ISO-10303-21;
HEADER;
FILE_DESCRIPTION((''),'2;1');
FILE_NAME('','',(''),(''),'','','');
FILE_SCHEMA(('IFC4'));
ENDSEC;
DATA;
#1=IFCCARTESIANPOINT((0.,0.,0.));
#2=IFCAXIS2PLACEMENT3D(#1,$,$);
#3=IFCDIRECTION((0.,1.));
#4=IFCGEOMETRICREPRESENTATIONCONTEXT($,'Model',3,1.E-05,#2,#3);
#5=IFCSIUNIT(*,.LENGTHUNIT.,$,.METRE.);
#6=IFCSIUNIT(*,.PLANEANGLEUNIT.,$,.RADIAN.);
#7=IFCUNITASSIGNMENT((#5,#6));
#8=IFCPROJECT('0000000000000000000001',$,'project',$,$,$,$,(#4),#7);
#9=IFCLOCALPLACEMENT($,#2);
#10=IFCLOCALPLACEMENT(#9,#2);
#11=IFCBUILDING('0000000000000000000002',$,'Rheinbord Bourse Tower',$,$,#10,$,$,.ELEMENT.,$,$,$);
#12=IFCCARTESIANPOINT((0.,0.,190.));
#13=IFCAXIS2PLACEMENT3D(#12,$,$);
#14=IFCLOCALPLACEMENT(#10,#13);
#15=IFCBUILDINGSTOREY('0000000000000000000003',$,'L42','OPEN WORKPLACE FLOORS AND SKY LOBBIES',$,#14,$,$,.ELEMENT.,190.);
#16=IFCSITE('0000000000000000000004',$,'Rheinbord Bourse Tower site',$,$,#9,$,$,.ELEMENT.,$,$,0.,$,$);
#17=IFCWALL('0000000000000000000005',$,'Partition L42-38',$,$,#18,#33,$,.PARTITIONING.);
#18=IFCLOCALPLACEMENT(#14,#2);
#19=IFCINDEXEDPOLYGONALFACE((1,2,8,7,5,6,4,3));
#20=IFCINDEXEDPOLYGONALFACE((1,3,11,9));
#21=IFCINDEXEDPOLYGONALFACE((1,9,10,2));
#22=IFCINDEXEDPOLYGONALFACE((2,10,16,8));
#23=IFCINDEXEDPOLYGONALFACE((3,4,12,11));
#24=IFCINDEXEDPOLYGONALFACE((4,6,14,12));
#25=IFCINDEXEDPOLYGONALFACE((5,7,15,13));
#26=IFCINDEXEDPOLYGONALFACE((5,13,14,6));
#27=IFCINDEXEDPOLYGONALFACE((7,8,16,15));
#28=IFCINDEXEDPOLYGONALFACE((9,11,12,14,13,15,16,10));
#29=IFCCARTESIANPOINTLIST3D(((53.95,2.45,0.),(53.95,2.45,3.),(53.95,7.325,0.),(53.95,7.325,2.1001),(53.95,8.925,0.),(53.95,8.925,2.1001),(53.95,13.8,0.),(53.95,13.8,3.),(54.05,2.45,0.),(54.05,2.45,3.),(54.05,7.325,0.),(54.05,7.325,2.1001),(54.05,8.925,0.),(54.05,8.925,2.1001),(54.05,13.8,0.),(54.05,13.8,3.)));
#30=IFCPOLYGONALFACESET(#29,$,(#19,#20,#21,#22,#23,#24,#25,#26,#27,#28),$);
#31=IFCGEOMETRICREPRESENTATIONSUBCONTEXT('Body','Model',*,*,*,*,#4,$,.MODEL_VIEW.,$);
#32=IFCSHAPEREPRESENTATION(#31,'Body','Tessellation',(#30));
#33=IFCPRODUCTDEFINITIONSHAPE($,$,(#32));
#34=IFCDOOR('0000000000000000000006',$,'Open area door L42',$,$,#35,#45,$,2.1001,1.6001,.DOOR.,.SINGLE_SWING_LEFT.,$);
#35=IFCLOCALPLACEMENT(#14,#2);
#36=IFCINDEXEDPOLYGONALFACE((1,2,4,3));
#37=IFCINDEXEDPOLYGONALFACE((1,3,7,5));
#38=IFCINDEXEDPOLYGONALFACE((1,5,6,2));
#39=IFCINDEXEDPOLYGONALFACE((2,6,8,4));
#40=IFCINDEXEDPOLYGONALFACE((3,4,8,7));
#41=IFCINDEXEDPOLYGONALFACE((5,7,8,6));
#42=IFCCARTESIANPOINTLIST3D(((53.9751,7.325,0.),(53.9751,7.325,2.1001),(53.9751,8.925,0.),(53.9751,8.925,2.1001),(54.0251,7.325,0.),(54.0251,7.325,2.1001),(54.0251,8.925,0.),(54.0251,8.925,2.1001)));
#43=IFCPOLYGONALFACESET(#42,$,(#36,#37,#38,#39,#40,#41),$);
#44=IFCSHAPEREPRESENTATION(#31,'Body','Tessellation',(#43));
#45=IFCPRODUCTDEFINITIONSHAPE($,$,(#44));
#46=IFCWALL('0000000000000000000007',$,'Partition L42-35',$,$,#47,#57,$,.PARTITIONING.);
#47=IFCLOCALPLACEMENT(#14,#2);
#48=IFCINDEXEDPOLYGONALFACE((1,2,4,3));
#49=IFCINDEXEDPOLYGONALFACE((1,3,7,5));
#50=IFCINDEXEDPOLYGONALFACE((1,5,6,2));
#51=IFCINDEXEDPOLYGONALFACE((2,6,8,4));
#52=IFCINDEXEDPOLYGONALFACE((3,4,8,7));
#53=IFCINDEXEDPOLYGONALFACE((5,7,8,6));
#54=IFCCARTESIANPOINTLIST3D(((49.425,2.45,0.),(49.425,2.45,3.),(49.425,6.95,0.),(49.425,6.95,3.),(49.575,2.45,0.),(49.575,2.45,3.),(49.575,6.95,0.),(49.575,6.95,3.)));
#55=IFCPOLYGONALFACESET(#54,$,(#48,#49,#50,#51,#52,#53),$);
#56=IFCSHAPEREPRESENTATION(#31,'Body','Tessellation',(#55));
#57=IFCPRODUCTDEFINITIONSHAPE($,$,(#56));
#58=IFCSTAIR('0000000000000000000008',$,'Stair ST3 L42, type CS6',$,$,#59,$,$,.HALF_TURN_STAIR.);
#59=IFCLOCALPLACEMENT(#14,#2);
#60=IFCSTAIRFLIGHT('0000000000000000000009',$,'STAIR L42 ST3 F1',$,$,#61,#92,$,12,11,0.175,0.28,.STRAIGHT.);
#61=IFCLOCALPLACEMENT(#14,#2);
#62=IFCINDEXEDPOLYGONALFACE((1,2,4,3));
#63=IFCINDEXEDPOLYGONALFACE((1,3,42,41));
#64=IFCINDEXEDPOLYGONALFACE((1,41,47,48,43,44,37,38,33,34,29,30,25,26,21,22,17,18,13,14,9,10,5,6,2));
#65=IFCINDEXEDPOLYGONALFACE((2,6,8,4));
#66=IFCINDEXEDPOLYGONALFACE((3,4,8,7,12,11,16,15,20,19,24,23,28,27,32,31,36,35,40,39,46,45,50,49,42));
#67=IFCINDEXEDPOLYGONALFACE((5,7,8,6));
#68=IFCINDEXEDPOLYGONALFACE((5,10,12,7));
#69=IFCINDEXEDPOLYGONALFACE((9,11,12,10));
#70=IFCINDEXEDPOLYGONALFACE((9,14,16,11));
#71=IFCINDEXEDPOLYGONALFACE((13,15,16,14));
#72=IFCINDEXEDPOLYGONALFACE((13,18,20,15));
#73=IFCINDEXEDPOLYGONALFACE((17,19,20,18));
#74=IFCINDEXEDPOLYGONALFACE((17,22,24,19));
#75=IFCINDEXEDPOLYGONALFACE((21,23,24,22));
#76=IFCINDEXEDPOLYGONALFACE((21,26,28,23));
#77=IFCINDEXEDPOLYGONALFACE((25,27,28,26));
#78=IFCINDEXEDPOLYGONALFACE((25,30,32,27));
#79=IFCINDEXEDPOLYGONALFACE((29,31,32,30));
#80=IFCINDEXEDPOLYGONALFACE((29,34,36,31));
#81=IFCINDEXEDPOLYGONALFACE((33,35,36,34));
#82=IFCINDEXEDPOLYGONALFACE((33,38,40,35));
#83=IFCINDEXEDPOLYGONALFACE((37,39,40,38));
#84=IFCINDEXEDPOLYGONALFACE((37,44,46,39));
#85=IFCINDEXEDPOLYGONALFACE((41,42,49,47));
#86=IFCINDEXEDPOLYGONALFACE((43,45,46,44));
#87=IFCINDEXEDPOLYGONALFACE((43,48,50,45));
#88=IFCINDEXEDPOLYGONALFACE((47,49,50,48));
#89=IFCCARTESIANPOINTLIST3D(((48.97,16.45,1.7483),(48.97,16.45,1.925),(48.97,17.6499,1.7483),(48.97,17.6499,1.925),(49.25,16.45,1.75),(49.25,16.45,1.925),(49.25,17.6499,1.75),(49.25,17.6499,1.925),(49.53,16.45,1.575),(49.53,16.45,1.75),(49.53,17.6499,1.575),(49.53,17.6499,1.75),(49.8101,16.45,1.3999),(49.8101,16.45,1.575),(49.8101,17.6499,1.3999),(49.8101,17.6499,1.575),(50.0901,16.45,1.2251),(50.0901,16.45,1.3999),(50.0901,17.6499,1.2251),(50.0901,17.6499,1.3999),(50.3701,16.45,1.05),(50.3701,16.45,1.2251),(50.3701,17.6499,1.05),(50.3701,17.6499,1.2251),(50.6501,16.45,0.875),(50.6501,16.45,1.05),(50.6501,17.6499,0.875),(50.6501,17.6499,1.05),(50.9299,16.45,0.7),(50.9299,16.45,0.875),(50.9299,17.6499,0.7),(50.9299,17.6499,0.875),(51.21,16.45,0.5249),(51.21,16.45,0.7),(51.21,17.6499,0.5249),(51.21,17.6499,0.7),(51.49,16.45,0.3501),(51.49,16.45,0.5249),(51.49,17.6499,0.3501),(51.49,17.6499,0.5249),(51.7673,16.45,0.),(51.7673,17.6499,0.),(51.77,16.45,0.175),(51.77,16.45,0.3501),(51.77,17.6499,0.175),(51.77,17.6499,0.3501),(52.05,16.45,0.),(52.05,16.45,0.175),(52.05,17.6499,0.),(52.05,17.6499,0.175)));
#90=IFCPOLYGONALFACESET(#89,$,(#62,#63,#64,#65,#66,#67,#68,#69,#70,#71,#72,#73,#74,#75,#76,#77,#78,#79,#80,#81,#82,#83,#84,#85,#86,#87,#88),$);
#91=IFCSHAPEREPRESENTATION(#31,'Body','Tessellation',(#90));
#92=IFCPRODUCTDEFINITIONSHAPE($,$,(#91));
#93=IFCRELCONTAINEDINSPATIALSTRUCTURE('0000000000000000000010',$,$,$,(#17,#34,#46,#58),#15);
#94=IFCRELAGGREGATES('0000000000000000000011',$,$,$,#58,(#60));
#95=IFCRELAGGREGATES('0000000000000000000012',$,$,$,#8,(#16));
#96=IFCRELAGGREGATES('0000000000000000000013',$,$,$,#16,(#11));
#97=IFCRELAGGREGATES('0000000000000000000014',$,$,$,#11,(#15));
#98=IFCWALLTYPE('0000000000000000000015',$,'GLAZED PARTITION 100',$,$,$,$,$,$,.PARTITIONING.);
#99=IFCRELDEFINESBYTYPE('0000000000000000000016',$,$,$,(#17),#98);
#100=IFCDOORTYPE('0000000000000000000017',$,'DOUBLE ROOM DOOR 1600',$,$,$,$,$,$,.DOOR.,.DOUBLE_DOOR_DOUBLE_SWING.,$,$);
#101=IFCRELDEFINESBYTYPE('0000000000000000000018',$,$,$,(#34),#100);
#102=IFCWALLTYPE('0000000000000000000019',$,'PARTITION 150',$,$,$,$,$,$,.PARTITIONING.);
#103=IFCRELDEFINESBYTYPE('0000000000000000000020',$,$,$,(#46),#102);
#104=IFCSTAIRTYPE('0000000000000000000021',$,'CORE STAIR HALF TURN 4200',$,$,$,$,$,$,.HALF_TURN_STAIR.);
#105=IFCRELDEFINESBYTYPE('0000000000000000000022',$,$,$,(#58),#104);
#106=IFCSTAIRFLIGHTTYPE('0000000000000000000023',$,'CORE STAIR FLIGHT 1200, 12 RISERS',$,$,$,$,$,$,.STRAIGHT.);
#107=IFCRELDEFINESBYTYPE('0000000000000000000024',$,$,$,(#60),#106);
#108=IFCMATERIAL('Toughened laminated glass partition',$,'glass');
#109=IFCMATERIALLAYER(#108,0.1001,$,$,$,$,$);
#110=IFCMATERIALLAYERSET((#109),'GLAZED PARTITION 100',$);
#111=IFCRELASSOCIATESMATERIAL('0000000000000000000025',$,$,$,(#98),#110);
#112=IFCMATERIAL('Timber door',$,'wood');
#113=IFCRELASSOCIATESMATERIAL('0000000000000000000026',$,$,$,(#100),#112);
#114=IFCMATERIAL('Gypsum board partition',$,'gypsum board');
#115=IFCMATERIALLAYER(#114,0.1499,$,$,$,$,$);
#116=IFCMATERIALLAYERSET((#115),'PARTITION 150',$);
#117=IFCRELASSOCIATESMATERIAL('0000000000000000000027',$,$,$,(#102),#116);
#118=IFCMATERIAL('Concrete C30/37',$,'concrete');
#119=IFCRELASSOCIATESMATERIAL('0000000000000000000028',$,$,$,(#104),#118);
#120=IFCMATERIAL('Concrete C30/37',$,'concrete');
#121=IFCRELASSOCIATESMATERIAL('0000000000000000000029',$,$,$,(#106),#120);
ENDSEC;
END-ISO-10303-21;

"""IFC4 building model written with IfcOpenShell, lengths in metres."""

from ifc_helpers import new_model, si_unit, direction, frame, frame_2d, origin, place, context, subcontext, project, spatial, polyline, rectangle, outline, extrude, material, layer, layer_set, type_object, element, fill, aggregate, save


model = new_model("IFC4")

# Units and contexts
model_context = context("Model", 3, precision=1e-05, world=origin(), true_north=direction((0.0, 1.0)))
body_context = subcontext(model_context, "Body", "Model", "MODEL_VIEW")
ifc_project = project(units=[si_unit("LENGTHUNIT", "METRE"), si_unit("PLANEANGLEUNIT", "RADIAN")], contexts=[model_context])

# Site, building, storey
site_placement = place(None, origin())
site = spatial("IfcSite", under=ifc_project, at=site_placement, Name="Rheinbord Bourse Tower site", CompositionType="ELEMENT", RefElevation=0.0)
building_placement = place(site_placement, origin())
building = spatial("IfcBuilding", under=site, at=building_placement, Name="Rheinbord Bourse Tower", CompositionType="ELEMENT")
storey_placement = place(building_placement, frame((0.0, 0.0, 190.0)))
storey = spatial("IfcBuildingStorey", under=building, at=storey_placement, Name="L42", Description="OPEN WORKPLACE FLOORS AND SKY LOBBIES", CompositionType="ELEMENT", Elevation=190.0)

# Wall, opening, door
ifc_material_1 = material(Name="Toughened laminated glass partition", Category="glass")
ifc_layer_1 = layer(ifc_material_1, 0.1001)
ifc_layer_set_1 = layer_set([ifc_layer_1], Name="GLAZED PARTITION 100")
wall_type_1 = type_object("IfcWallType", Name="GLAZED PARTITION 100", PredefinedType="PARTITIONING", material=ifc_layer_set_1)
wall_1_placement = place(storey_placement, frame((54.0, 2.45, 0.0), z_axis=(0.0, 0.0, 1.0), x_axis=(0.0, 1.0, 0.0)))
wall_1 = element("IfcWall", 1, at=wall_1_placement, inside=storey, type_object=wall_type_1, Name="Partition L42-38", PredefinedType="PARTITIONING", context=body_context, shape_type="SweptSolid", body=[
    extrude(rectangle(XDim=11.3501, YDim=0.1001, at=frame_2d((5.675, 0.0))), origin(), (0.0, 0.0, 1.0), 3.0),
])
opening_1_placement = place(wall_1_placement, frame((4.875, 0.0, 0.0)))
opening_1 = element("IfcOpeningElement", 2, at=opening_1_placement, cuts=wall_1, PredefinedType="OPENING", context=body_context, shape_type="SweptSolid", body=[
    extrude(rectangle(XDim=1.6001, YDim=2.1001, at=frame_2d((0.8, 1.05))), frame((0.0, 0.0601, 0.0), z_axis=(0.0, -1.0, 0.0), x_axis=(1.0, 0.0, 0.0)), (0.0, 0.0, 1.0), 0.1201),
])
ifc_material_2 = material(Name="Timber door", Category="wood")
door_type_1 = type_object("IfcDoorType", Name="DOUBLE ROOM DOOR 1600", OperationType="DOUBLE_DOOR_DOUBLE_SWING", PredefinedType="DOOR", material=ifc_material_2)
door_1_placement = place(opening_1_placement, origin())
door_1 = element("IfcDoor", 3, at=door_1_placement, inside=storey, type_object=door_type_1, Name="Open area door L42", OperationType="SINGLE_SWING_LEFT", OverallHeight=2.1001, OverallWidth=1.6001, PredefinedType="DOOR", context=body_context, shape_type="SweptSolid", body=[
    extrude(rectangle(XDim=1.6001, YDim=2.1001, at=frame_2d((0.8, 1.05))), frame((0.0, 0.0249, 0.0), z_axis=(0.0, -1.0, 0.0), x_axis=(1.0, 0.0, 0.0)), (0.0, 0.0, 1.0), 0.05),
])
fill(opening_1, door_1)

# Wall
ifc_material_3 = material(Name="Gypsum board partition", Category="gypsum board")
ifc_layer_2 = layer(ifc_material_3, 0.1499)
ifc_layer_set_2 = layer_set([ifc_layer_2], Name="PARTITION 150")
wall_type_2 = type_object("IfcWallType", Name="PARTITION 150", PredefinedType="PARTITIONING", material=ifc_layer_set_2)
wall_2_placement = place(storey_placement, frame((49.5, 2.45, 0.0), z_axis=(0.0, 0.0, 1.0), x_axis=(0.0, 1.0, 0.0)))
element("IfcWall", 4, at=wall_2_placement, inside=storey, type_object=wall_type_2, Name="Partition L42-35", PredefinedType="PARTITIONING", context=body_context, shape_type="SweptSolid", body=[
    extrude(rectangle(XDim=4.5, YDim=0.1499, at=frame_2d((2.25, 0.0))), origin(), (0.0, 0.0, 1.0), 3.0),
])

# Stair, stair flight
ifc_material_4 = material(Name="Concrete C30/37", Category="concrete")
stair_type = type_object("IfcStairType", Name="CORE STAIR HALF TURN 4200", PredefinedType="HALF_TURN_STAIR", material=ifc_material_4)
stair_placement = place(storey_placement, origin())
stair = element("IfcStair", 5, at=stair_placement, inside=storey, type_object=stair_type, Name="Stair ST3 L42, type CS6", PredefinedType="HALF_TURN_STAIR")
ifc_material_5 = material(Name="Concrete C30/37", Category="concrete")
stair_flight_type = type_object("IfcStairFlightType", Name="CORE STAIR FLIGHT 1200, 12 RISERS", PredefinedType="STRAIGHT", material=ifc_material_5)
stair_flight_placement = place(storey_placement, frame((52.05, 17.05, 0.0), z_axis=(0.0, 0.0, 1.0), x_axis=(-1.0, 0.0, 0.0)))
stair_flight = element("IfcStairFlight", 6, at=stair_flight_placement, type_object=stair_flight_type, Name="STAIR L42 ST3 F1", NumberOfRisers=12, NumberOfTreads=11, PredefinedType="STRAIGHT", RiserHeight=0.175, TreadLength=0.28, context=body_context, shape_type="SweptSolid", body=[
    extrude(outline(polyline([(0.0, 0.0), (0.0, 0.175), (0.28, 0.175), (0.28, 0.3501), (0.5601, 0.3501), (0.5601, 0.5249), (0.8401, 0.5249), (0.8401, 0.7), (1.1201, 0.7), (1.1201, 0.875), (1.3999, 0.875), (1.3999, 1.05), (1.6799, 1.05), (1.6799, 1.2251), (1.96, 1.2251), (1.96, 1.3999), (2.24, 1.3999), (2.24, 1.575), (2.52, 1.575), (2.52, 1.75), (2.8, 1.75), (2.8, 1.925), (3.0801, 1.925), (3.0801, 2.1001), (3.0801, 1.7483), (0.2827, 0.0), (0.0, 0.0)])), frame((0.0, 0.6001, 0.0), z_axis=(0.0, -1.0, 0.0), x_axis=(1.0, 0.0, 0.0)), (0.0, 0.0, 1.0), 1.2),
])
aggregate(stair, [stair_flight])

save(model, "model.ifc")
